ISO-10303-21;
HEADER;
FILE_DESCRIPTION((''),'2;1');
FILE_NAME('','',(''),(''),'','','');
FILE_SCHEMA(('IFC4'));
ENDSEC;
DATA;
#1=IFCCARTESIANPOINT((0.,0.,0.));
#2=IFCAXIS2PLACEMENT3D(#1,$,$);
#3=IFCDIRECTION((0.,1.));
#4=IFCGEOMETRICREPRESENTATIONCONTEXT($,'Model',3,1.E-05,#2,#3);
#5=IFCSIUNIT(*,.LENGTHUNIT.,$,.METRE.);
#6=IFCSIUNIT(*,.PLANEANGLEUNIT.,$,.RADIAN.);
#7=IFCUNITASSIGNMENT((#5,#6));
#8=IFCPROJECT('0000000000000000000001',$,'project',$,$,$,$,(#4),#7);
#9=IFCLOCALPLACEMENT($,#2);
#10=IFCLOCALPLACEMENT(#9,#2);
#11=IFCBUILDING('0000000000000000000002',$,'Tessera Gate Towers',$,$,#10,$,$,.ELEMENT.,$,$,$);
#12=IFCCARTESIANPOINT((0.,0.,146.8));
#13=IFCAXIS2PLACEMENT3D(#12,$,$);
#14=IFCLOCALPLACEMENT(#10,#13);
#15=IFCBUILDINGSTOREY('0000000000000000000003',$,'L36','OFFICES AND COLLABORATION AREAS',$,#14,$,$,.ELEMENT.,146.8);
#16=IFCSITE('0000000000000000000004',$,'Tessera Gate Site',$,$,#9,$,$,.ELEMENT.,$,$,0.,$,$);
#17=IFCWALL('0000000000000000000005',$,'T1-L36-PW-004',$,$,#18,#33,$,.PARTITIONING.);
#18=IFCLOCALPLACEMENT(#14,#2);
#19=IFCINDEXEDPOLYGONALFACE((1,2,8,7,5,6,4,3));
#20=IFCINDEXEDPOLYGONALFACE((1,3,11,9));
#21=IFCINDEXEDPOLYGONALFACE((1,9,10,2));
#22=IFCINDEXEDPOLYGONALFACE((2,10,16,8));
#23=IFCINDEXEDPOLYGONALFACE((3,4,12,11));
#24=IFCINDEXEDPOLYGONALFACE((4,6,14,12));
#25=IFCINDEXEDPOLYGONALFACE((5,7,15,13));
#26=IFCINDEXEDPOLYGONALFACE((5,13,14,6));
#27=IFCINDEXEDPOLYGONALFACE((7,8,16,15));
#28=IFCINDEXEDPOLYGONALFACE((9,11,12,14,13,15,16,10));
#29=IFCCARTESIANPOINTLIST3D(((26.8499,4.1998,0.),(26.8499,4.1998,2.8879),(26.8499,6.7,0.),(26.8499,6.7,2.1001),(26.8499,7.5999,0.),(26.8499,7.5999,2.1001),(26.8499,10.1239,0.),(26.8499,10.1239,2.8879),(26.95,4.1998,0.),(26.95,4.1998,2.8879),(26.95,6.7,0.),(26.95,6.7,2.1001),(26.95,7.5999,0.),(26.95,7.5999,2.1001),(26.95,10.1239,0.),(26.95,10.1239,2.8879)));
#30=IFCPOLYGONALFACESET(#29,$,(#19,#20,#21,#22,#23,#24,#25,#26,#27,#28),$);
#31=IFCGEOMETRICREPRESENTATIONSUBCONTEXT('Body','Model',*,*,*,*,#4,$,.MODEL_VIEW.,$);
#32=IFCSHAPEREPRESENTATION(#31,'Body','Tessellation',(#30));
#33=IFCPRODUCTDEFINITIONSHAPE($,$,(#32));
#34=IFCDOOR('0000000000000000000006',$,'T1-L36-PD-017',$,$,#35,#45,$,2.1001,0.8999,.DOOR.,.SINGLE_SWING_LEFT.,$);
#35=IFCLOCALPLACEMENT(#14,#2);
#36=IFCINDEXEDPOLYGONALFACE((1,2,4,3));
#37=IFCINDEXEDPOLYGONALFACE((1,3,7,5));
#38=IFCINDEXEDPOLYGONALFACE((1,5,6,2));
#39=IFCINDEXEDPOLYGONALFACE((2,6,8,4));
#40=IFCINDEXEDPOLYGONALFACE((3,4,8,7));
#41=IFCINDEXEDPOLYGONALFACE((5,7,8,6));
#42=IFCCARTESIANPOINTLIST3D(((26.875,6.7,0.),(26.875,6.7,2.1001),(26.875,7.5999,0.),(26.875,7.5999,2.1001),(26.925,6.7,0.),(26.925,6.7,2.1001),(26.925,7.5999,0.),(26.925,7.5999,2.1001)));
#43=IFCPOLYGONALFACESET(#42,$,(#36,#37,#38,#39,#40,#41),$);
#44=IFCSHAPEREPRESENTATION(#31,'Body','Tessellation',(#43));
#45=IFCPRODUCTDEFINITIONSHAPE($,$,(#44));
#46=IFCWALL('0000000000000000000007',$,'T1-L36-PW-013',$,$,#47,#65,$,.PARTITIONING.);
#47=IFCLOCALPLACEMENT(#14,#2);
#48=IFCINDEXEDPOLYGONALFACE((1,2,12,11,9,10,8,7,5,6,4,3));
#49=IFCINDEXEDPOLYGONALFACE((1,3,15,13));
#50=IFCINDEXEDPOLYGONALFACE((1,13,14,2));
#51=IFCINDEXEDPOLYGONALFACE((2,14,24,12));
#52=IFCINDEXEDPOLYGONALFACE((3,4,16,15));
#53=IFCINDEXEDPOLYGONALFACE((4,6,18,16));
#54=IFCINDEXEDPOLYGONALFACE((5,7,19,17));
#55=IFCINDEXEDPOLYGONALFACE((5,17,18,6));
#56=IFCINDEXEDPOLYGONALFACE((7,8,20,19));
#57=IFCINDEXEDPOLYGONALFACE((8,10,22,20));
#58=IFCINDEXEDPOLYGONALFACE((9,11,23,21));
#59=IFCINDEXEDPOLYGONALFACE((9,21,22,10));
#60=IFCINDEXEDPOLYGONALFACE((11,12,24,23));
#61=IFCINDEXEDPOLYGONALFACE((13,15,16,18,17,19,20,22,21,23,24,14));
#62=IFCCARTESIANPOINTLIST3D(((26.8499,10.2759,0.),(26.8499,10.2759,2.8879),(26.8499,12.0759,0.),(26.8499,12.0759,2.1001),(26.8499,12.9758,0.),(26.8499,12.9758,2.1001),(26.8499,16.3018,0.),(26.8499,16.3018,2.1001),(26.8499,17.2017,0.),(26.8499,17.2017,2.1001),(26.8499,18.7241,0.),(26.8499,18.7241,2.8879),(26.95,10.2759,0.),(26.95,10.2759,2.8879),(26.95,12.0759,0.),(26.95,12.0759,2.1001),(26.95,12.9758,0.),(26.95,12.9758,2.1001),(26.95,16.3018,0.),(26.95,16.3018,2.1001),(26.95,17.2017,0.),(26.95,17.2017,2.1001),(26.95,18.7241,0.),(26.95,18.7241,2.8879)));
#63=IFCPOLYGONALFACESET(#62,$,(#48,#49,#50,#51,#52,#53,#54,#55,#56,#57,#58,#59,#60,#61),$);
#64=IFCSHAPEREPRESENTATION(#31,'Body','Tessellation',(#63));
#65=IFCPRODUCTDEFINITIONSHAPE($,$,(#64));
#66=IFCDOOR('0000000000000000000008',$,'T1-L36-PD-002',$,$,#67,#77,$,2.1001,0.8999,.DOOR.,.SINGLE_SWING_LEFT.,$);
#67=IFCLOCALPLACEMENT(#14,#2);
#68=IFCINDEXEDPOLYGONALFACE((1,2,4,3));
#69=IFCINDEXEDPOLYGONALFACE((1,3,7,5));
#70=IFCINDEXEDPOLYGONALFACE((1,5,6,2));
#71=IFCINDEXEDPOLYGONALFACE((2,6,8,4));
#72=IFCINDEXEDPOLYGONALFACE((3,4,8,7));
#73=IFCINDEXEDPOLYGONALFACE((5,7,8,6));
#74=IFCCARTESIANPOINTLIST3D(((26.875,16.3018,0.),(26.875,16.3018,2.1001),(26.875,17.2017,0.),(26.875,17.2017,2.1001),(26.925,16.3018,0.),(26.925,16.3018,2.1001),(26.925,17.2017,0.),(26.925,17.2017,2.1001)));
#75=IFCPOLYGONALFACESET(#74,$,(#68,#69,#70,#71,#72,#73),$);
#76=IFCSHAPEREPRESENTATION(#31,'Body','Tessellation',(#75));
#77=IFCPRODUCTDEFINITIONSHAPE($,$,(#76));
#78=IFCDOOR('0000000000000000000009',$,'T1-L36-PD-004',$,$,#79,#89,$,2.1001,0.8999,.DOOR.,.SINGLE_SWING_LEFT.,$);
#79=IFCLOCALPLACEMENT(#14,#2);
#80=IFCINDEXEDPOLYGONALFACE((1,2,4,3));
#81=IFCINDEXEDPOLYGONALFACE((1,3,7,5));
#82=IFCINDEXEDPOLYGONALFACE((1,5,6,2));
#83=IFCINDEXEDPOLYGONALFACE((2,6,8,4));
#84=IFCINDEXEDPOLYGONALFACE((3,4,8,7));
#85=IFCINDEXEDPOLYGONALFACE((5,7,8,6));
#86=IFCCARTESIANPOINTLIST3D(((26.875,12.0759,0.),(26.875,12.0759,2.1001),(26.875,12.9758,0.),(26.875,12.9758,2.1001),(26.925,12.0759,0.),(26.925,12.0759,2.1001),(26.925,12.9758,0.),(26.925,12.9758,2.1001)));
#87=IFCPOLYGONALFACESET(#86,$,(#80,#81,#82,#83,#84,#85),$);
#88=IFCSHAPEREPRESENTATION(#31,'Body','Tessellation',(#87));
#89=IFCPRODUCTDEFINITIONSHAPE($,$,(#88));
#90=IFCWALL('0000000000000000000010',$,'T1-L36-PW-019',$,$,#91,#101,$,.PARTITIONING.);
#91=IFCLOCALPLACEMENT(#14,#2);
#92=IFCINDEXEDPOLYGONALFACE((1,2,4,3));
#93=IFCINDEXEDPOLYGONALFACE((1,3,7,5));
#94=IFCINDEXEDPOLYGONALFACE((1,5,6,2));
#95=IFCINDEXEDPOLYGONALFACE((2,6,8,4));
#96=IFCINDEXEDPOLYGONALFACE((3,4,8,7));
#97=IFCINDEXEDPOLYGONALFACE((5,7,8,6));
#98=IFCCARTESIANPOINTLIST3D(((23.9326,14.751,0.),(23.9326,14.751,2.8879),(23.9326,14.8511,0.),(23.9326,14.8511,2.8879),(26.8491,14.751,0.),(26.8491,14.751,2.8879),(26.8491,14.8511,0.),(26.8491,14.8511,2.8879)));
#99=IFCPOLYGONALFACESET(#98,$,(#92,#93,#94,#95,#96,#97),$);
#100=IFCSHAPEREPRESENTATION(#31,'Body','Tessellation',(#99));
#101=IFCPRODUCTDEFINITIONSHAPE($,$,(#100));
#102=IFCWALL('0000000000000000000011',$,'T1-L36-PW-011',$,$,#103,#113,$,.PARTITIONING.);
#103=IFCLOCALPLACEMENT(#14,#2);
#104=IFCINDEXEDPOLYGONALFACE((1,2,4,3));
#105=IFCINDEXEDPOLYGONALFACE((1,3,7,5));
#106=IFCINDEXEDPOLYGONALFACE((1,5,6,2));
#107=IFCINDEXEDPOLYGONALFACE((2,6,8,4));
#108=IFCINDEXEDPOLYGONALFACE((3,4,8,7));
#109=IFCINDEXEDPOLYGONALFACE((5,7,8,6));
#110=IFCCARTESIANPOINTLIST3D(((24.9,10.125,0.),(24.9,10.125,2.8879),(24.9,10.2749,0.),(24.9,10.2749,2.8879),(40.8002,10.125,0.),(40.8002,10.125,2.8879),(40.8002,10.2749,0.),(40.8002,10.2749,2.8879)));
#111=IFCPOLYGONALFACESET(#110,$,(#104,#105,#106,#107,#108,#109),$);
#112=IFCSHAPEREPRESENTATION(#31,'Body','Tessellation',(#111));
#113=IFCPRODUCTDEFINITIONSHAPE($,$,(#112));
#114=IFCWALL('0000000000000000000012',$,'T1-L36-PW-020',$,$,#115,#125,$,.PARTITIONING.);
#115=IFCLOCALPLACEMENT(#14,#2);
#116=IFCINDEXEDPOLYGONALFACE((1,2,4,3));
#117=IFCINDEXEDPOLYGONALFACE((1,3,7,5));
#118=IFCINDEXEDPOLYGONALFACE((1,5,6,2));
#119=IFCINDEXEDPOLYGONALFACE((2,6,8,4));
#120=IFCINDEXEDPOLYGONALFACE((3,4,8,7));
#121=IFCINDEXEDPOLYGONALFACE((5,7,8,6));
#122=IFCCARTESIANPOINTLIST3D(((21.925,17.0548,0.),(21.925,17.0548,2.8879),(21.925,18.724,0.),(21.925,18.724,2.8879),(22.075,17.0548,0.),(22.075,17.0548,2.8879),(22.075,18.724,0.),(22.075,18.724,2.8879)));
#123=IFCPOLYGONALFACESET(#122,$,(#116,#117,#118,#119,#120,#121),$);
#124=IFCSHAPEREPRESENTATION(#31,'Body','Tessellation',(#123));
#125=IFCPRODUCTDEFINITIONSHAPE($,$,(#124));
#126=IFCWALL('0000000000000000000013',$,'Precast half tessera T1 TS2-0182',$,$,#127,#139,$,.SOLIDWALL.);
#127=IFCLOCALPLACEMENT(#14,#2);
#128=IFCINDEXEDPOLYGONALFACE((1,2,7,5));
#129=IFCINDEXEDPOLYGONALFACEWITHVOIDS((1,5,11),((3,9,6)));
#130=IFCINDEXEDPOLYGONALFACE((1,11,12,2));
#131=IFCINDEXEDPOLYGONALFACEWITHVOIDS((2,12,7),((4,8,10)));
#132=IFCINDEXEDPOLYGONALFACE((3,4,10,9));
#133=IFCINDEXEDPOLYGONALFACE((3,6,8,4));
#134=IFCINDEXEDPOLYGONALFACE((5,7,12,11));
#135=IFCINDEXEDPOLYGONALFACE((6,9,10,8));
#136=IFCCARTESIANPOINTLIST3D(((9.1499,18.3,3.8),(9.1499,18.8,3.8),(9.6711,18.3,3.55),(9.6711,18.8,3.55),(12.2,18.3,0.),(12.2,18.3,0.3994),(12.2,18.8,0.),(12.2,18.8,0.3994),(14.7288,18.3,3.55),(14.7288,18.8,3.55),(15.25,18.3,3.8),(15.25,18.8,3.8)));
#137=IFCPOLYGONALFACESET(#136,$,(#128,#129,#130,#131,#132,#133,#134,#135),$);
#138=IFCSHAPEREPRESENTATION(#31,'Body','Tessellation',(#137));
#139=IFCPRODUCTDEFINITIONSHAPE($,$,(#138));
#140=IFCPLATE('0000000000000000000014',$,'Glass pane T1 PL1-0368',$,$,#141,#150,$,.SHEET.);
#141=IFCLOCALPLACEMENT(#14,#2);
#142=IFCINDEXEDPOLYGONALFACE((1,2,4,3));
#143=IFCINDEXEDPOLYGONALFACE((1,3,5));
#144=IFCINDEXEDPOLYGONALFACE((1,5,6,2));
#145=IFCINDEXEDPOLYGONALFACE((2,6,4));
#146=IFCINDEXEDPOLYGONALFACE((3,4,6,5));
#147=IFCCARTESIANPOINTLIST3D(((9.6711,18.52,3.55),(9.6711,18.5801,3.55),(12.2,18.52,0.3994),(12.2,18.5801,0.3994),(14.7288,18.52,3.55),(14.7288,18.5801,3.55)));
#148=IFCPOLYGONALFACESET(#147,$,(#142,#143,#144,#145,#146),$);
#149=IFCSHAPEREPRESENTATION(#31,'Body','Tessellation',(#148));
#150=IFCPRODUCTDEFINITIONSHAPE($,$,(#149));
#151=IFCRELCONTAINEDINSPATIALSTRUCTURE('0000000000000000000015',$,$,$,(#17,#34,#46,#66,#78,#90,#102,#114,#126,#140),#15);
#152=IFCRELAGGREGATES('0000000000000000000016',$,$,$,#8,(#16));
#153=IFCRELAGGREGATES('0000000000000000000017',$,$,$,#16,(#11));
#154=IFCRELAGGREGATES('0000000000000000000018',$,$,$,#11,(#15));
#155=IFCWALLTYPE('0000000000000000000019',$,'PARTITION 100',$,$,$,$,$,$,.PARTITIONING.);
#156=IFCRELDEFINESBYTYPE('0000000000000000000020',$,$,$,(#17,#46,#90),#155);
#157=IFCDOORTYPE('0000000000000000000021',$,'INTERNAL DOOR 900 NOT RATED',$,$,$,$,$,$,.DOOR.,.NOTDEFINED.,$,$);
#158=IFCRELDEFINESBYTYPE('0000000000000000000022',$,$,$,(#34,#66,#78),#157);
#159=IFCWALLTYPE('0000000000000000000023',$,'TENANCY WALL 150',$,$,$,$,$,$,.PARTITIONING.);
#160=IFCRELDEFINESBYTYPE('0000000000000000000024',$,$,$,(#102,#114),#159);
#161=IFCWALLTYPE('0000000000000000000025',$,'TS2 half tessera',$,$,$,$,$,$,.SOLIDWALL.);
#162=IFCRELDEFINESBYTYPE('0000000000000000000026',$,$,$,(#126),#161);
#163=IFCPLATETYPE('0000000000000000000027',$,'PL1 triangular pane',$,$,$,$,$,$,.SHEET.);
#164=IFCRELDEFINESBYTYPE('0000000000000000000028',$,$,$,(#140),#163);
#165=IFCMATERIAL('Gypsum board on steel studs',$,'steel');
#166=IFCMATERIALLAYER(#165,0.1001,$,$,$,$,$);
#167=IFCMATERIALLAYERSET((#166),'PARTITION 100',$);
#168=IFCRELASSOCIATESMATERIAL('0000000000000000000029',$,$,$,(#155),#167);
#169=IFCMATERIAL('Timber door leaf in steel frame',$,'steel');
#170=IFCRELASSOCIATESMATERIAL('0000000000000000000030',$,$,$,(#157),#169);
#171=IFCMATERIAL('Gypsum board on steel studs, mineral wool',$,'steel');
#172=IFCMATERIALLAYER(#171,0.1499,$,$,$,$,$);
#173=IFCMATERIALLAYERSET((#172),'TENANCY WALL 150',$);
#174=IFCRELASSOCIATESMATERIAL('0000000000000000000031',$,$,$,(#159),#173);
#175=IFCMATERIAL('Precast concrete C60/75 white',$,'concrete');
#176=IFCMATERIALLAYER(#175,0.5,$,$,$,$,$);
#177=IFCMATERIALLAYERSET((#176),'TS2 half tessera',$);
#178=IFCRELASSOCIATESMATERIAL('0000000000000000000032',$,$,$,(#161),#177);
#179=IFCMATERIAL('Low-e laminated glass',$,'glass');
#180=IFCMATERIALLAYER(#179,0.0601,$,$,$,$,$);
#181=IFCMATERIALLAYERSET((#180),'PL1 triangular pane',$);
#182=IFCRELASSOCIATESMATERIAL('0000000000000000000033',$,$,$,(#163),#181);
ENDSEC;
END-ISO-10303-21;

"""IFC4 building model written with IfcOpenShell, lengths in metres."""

from ifc_helpers import new_model, si_unit, direction, frame, frame_2d, origin, place, context, subcontext, project, spatial, polyline, rectangle, outline, extrude, source, transform, mapped, material, layer, layer_set, type_object, element, fill, save


model = new_model("IFC4")

# Units and contexts
model_context = context("Model", 3, precision=1e-05, world=origin(), true_north=direction((0.0, 1.0)))
body_context = subcontext(model_context, "Body", "Model", "MODEL_VIEW")
ifc_project = project(units=[si_unit("LENGTHUNIT", "METRE"), si_unit("PLANEANGLEUNIT", "RADIAN")], contexts=[model_context])

# Site, building, storey
site_placement = place(None, origin())
site = spatial("IfcSite", under=ifc_project, at=site_placement, Name="Tessera Gate Site", CompositionType="ELEMENT", RefElevation=0.0)
building_placement = place(site_placement, origin())
building = spatial("IfcBuilding", under=site, at=building_placement, Name="Tessera Gate Towers", CompositionType="ELEMENT")
storey_placement = place(building_placement, frame((0.0, 0.0, 146.8)))
storey = spatial("IfcBuildingStorey", under=building, at=storey_placement, Name="L36", Description="OFFICES AND COLLABORATION AREAS", CompositionType="ELEMENT", Elevation=146.8)

# Shared definitions
ifc_material_1 = material(Name="Gypsum board on steel studs", Category="steel")
ifc_layer_1 = layer(ifc_material_1, 0.1001)
ifc_layer_set_1 = layer_set([ifc_layer_1], Name="PARTITION 100")
wall_type_1 = type_object("IfcWallType", Name="PARTITION 100", PredefinedType="PARTITIONING", material=ifc_layer_set_1)

# Wall, opening, door
wall_1_placement = place(storey_placement, frame((26.8999, 4.2, 0.0), z_axis=(0.0, 0.0, 1.0), x_axis=(0.0, 1.0, 0.0)))
wall_1 = element("IfcWall", 1, at=wall_1_placement, inside=storey, type_object=wall_type_1, Name="T1-L36-PW-004", PredefinedType="PARTITIONING", context=body_context, shape_type="SweptSolid", body=[
    extrude(rectangle(XDim=5.9241, YDim=0.1001, at=frame_2d((2.9619, 0.0))), origin(), (0.0, 0.0, 1.0), 2.8879),
])
shared_shape_1 = source(origin(), body_context, "Body", "SweptSolid", [
    extrude(rectangle(XDim=0.8999, YDim=2.1001, at=frame_2d((0.45, 1.05))), frame((0.0, 0.0601, 0.0), z_axis=(0.0, -1.0, 0.0), x_axis=(1.0, 0.0, 0.0)), (0.0, 0.0, 1.0), 0.1201),
])
opening_1_placement = place(wall_1_placement, frame((2.5, 0.0, 0.0)))
opening_1 = element("IfcOpeningElement", 2, at=opening_1_placement, cuts=wall_1, PredefinedType="OPENING", context=body_context, shape_type="MappedRepresentation", body=[
    mapped(shared_shape_1, transform((0.0, 0.0, 0.0), scale=1.0)),
])
ifc_material_2 = material(Name="Timber door leaf in steel frame", Category="steel")
door_type = type_object("IfcDoorType", Name="INTERNAL DOOR 900 NOT RATED", OperationType="NOTDEFINED", PredefinedType="DOOR", material=ifc_material_2)
shared_shape_2 = source(origin(), body_context, "Body", "SweptSolid", [
    extrude(rectangle(XDim=0.8999, YDim=2.1001, at=frame_2d((0.45, 1.05))), frame((0.0, 0.0249, 0.0), z_axis=(0.0, -1.0, 0.0), x_axis=(1.0, 0.0, 0.0)), (0.0, 0.0, 1.0), 0.05),
])
door_1_placement = place(opening_1_placement, origin())
door_1 = element("IfcDoor", 3, at=door_1_placement, inside=storey, type_object=door_type, Name="T1-L36-PD-017", OperationType="SINGLE_SWING_LEFT", OverallHeight=2.1001, OverallWidth=0.8999, PredefinedType="DOOR", context=body_context, shape_type="MappedRepresentation", body=[
    mapped(shared_shape_2, transform((0.0, 0.0, 0.0), scale=1.0)),
])
fill(opening_1, door_1)

# Wall, openings, doors
wall_2_placement = place(storey_placement, frame((26.8999, 10.2759, 0.0), z_axis=(0.0, 0.0, 1.0), x_axis=(0.0, 1.0, 0.0)))
wall_2 = element("IfcWall", 4, at=wall_2_placement, inside=storey, type_object=wall_type_1, Name="T1-L36-PW-013", PredefinedType="PARTITIONING", context=body_context, shape_type="SweptSolid", body=[
    extrude(rectangle(XDim=8.4482, YDim=0.1001, at=frame_2d((4.2241, 0.0))), origin(), (0.0, 0.0, 1.0), 2.8879),
])
opening_2_placement = place(wall_2_placement, frame((6.0259, 0.0, 0.0)))
opening_2 = element("IfcOpeningElement", 5, at=opening_2_placement, cuts=wall_2, PredefinedType="OPENING", context=body_context, shape_type="MappedRepresentation", body=[
    mapped(shared_shape_1, transform((0.0, 0.0, 0.0), scale=1.0)),
])
opening_3_placement = place(wall_2_placement, frame((1.8, 0.0, 0.0)))
opening_3 = element("IfcOpeningElement", 6, at=opening_3_placement, cuts=wall_2, PredefinedType="OPENING", context=body_context, shape_type="MappedRepresentation", body=[
    mapped(shared_shape_1, transform((0.0, 0.0, 0.0), scale=1.0)),
])
door_2_placement = place(opening_2_placement, origin())
door_2 = element("IfcDoor", 7, at=door_2_placement, inside=storey, type_object=door_type, Name="T1-L36-PD-002", OperationType="SINGLE_SWING_LEFT", OverallHeight=2.1001, OverallWidth=0.8999, PredefinedType="DOOR", context=body_context, shape_type="MappedRepresentation", body=[
    mapped(shared_shape_2, transform((0.0, 0.0, 0.0), scale=1.0)),
])
fill(opening_2, door_2)
door_3_placement = place(opening_3_placement, origin())
door_3 = element("IfcDoor", 8, at=door_3_placement, inside=storey, type_object=door_type, Name="T1-L36-PD-004", OperationType="SINGLE_SWING_LEFT", OverallHeight=2.1001, OverallWidth=0.8999, PredefinedType="DOOR", context=body_context, shape_type="MappedRepresentation", body=[
    mapped(shared_shape_2, transform((0.0, 0.0, 0.0), scale=1.0)),
])
fill(opening_3, door_3)

# Walls
wall_3_placement = place(storey_placement, frame((23.9326, 14.801, 0.0), z_axis=(0.0, 0.0, 1.0), x_axis=(1.0, 0.0, 0.0)))
element("IfcWall", 9, at=wall_3_placement, inside=storey, type_object=wall_type_1, Name="T1-L36-PW-019", PredefinedType="PARTITIONING", context=body_context, shape_type="SweptSolid", body=[
    extrude(rectangle(XDim=2.9165, YDim=0.1001, at=frame_2d((1.4583, 0.0))), origin(), (0.0, 0.0, 1.0), 2.8879),
])
ifc_material_3 = material(Name="Gypsum board on steel studs, mineral wool", Category="steel")
ifc_layer_2 = layer(ifc_material_3, 0.1499)
ifc_layer_set_2 = layer_set([ifc_layer_2], Name="TENANCY WALL 150")
wall_type_2 = type_object("IfcWallType", Name="TENANCY WALL 150", PredefinedType="PARTITIONING", material=ifc_layer_set_2)
wall_4_placement = place(storey_placement, frame((24.8999, 10.2, 0.0), z_axis=(0.0, 0.0, 1.0), x_axis=(1.0, 0.0, 0.0)))
element("IfcWall", 10, at=wall_4_placement, inside=storey, type_object=wall_type_2, Name="T1-L36-PW-011", PredefinedType="PARTITIONING", context=body_context, shape_type="SweptSolid", body=[
    extrude(rectangle(XDim=15.9001, YDim=0.1499, at=frame_2d((7.9502, 0.0))), origin(), (0.0, 0.0, 1.0), 2.8879),
])
wall_5_placement = place(storey_placement, frame((22.0, 17.0549, 0.0), z_axis=(0.0, 0.0, 1.0), x_axis=(0.0, 1.0, 0.0)))
element("IfcWall", 11, at=wall_5_placement, inside=storey, type_object=wall_type_2, Name="T1-L36-PW-020", PredefinedType="PARTITIONING", context=body_context, shape_type="SweptSolid", body=[
    extrude(rectangle(XDim=1.6692, YDim=0.1499, at=frame_2d((0.8345, 0.0))), origin(), (0.0, 0.0, 1.0), 2.8879),
])

# Wall, opening, plate
ifc_material_4 = material(Name="Precast concrete C60/75 white", Category="concrete")
ifc_layer_3 = layer(ifc_material_4, 0.5)
ifc_layer_set_3 = layer_set([ifc_layer_3], Name="TS2 half tessera")
wall_type_3 = type_object("IfcWallType", Name="TS2 half tessera", PredefinedType="SOLIDWALL", material=ifc_layer_set_3)
shared_shape_3 = source(origin(), body_context, "Body", "SweptSolid", [
    extrude(outline(polyline([(3.05, 0.0), (6.1001, 3.8), (0.0, 3.8), (3.05, 0.0)])), frame((0.0, 0.25, 0.0), z_axis=(0.0, -1.0, 0.0), x_axis=(1.0, 0.0, 0.0)), (0.0, 0.0, 1.0), 0.5),
])
wall_6_placement = place(storey_placement, frame((9.1499, 18.55, 0.0), z_axis=(0.0, 0.0, 1.0), x_axis=(1.0, 0.0, 0.0)))
wall_6 = element("IfcWall", 12, at=wall_6_placement, inside=storey, type_object=wall_type_3, Name="Precast half tessera T1 TS2-0182", PredefinedType="SOLIDWALL", context=body_context, shape_type="MappedRepresentation", body=[
    mapped(shared_shape_3, transform((0.0, 0.0, 0.0), scale=1.0)),
])
shared_shape_4 = source(origin(), body_context, "Body", "SweptSolid", [
    extrude(outline(polyline([(3.05, 0.3994), (5.5789, 3.55), (0.5212, 3.55), (3.05, 0.3994)])), frame((0.0, 0.26, 0.0), z_axis=(0.0, -1.0, 0.0), x_axis=(1.0, 0.0, 0.0)), (0.0, 0.0, 1.0), 0.52),
])
opening_4_placement = place(wall_6_placement, origin())
opening_4 = element("IfcOpeningElement", 13, at=opening_4_placement, cuts=wall_6, PredefinedType="OPENING", context=body_context, shape_type="MappedRepresentation", body=[
    mapped(shared_shape_4, transform((0.0, 0.0, 0.0), scale=1.0)),
])
ifc_material_5 = material(Name="Low-e laminated glass", Category="glass")
ifc_layer_4 = layer(ifc_material_5, 0.0601)
ifc_layer_set_4 = layer_set([ifc_layer_4], Name="PL1 triangular pane")
plate_type = type_object("IfcPlateType", Name="PL1 triangular pane", PredefinedType="SHEET", material=ifc_layer_set_4)
shared_shape_5 = source(origin(), body_context, "Body", "SweptSolid", [
    extrude(outline(polyline([(3.05, 0.3994), (5.5789, 3.55), (0.5212, 3.55), (3.05, 0.3994)])), frame((0.0, 0.03, 0.0), z_axis=(0.0, -1.0, 0.0), x_axis=(1.0, 0.0, 0.0)), (0.0, 0.0, 1.0), 0.0601),
])
plate_placement = place(opening_4_placement, origin())
plate = element("IfcPlate", 14, at=plate_placement, inside=storey, type_object=plate_type, Name="Glass pane T1 PL1-0368", PredefinedType="SHEET", context=body_context, shape_type="MappedRepresentation", body=[
    mapped(shared_shape_5, transform((0.0, 0.0, 0.0), scale=1.0)),
])
fill(opening_4, plate)

save(model, "model.ifc")
